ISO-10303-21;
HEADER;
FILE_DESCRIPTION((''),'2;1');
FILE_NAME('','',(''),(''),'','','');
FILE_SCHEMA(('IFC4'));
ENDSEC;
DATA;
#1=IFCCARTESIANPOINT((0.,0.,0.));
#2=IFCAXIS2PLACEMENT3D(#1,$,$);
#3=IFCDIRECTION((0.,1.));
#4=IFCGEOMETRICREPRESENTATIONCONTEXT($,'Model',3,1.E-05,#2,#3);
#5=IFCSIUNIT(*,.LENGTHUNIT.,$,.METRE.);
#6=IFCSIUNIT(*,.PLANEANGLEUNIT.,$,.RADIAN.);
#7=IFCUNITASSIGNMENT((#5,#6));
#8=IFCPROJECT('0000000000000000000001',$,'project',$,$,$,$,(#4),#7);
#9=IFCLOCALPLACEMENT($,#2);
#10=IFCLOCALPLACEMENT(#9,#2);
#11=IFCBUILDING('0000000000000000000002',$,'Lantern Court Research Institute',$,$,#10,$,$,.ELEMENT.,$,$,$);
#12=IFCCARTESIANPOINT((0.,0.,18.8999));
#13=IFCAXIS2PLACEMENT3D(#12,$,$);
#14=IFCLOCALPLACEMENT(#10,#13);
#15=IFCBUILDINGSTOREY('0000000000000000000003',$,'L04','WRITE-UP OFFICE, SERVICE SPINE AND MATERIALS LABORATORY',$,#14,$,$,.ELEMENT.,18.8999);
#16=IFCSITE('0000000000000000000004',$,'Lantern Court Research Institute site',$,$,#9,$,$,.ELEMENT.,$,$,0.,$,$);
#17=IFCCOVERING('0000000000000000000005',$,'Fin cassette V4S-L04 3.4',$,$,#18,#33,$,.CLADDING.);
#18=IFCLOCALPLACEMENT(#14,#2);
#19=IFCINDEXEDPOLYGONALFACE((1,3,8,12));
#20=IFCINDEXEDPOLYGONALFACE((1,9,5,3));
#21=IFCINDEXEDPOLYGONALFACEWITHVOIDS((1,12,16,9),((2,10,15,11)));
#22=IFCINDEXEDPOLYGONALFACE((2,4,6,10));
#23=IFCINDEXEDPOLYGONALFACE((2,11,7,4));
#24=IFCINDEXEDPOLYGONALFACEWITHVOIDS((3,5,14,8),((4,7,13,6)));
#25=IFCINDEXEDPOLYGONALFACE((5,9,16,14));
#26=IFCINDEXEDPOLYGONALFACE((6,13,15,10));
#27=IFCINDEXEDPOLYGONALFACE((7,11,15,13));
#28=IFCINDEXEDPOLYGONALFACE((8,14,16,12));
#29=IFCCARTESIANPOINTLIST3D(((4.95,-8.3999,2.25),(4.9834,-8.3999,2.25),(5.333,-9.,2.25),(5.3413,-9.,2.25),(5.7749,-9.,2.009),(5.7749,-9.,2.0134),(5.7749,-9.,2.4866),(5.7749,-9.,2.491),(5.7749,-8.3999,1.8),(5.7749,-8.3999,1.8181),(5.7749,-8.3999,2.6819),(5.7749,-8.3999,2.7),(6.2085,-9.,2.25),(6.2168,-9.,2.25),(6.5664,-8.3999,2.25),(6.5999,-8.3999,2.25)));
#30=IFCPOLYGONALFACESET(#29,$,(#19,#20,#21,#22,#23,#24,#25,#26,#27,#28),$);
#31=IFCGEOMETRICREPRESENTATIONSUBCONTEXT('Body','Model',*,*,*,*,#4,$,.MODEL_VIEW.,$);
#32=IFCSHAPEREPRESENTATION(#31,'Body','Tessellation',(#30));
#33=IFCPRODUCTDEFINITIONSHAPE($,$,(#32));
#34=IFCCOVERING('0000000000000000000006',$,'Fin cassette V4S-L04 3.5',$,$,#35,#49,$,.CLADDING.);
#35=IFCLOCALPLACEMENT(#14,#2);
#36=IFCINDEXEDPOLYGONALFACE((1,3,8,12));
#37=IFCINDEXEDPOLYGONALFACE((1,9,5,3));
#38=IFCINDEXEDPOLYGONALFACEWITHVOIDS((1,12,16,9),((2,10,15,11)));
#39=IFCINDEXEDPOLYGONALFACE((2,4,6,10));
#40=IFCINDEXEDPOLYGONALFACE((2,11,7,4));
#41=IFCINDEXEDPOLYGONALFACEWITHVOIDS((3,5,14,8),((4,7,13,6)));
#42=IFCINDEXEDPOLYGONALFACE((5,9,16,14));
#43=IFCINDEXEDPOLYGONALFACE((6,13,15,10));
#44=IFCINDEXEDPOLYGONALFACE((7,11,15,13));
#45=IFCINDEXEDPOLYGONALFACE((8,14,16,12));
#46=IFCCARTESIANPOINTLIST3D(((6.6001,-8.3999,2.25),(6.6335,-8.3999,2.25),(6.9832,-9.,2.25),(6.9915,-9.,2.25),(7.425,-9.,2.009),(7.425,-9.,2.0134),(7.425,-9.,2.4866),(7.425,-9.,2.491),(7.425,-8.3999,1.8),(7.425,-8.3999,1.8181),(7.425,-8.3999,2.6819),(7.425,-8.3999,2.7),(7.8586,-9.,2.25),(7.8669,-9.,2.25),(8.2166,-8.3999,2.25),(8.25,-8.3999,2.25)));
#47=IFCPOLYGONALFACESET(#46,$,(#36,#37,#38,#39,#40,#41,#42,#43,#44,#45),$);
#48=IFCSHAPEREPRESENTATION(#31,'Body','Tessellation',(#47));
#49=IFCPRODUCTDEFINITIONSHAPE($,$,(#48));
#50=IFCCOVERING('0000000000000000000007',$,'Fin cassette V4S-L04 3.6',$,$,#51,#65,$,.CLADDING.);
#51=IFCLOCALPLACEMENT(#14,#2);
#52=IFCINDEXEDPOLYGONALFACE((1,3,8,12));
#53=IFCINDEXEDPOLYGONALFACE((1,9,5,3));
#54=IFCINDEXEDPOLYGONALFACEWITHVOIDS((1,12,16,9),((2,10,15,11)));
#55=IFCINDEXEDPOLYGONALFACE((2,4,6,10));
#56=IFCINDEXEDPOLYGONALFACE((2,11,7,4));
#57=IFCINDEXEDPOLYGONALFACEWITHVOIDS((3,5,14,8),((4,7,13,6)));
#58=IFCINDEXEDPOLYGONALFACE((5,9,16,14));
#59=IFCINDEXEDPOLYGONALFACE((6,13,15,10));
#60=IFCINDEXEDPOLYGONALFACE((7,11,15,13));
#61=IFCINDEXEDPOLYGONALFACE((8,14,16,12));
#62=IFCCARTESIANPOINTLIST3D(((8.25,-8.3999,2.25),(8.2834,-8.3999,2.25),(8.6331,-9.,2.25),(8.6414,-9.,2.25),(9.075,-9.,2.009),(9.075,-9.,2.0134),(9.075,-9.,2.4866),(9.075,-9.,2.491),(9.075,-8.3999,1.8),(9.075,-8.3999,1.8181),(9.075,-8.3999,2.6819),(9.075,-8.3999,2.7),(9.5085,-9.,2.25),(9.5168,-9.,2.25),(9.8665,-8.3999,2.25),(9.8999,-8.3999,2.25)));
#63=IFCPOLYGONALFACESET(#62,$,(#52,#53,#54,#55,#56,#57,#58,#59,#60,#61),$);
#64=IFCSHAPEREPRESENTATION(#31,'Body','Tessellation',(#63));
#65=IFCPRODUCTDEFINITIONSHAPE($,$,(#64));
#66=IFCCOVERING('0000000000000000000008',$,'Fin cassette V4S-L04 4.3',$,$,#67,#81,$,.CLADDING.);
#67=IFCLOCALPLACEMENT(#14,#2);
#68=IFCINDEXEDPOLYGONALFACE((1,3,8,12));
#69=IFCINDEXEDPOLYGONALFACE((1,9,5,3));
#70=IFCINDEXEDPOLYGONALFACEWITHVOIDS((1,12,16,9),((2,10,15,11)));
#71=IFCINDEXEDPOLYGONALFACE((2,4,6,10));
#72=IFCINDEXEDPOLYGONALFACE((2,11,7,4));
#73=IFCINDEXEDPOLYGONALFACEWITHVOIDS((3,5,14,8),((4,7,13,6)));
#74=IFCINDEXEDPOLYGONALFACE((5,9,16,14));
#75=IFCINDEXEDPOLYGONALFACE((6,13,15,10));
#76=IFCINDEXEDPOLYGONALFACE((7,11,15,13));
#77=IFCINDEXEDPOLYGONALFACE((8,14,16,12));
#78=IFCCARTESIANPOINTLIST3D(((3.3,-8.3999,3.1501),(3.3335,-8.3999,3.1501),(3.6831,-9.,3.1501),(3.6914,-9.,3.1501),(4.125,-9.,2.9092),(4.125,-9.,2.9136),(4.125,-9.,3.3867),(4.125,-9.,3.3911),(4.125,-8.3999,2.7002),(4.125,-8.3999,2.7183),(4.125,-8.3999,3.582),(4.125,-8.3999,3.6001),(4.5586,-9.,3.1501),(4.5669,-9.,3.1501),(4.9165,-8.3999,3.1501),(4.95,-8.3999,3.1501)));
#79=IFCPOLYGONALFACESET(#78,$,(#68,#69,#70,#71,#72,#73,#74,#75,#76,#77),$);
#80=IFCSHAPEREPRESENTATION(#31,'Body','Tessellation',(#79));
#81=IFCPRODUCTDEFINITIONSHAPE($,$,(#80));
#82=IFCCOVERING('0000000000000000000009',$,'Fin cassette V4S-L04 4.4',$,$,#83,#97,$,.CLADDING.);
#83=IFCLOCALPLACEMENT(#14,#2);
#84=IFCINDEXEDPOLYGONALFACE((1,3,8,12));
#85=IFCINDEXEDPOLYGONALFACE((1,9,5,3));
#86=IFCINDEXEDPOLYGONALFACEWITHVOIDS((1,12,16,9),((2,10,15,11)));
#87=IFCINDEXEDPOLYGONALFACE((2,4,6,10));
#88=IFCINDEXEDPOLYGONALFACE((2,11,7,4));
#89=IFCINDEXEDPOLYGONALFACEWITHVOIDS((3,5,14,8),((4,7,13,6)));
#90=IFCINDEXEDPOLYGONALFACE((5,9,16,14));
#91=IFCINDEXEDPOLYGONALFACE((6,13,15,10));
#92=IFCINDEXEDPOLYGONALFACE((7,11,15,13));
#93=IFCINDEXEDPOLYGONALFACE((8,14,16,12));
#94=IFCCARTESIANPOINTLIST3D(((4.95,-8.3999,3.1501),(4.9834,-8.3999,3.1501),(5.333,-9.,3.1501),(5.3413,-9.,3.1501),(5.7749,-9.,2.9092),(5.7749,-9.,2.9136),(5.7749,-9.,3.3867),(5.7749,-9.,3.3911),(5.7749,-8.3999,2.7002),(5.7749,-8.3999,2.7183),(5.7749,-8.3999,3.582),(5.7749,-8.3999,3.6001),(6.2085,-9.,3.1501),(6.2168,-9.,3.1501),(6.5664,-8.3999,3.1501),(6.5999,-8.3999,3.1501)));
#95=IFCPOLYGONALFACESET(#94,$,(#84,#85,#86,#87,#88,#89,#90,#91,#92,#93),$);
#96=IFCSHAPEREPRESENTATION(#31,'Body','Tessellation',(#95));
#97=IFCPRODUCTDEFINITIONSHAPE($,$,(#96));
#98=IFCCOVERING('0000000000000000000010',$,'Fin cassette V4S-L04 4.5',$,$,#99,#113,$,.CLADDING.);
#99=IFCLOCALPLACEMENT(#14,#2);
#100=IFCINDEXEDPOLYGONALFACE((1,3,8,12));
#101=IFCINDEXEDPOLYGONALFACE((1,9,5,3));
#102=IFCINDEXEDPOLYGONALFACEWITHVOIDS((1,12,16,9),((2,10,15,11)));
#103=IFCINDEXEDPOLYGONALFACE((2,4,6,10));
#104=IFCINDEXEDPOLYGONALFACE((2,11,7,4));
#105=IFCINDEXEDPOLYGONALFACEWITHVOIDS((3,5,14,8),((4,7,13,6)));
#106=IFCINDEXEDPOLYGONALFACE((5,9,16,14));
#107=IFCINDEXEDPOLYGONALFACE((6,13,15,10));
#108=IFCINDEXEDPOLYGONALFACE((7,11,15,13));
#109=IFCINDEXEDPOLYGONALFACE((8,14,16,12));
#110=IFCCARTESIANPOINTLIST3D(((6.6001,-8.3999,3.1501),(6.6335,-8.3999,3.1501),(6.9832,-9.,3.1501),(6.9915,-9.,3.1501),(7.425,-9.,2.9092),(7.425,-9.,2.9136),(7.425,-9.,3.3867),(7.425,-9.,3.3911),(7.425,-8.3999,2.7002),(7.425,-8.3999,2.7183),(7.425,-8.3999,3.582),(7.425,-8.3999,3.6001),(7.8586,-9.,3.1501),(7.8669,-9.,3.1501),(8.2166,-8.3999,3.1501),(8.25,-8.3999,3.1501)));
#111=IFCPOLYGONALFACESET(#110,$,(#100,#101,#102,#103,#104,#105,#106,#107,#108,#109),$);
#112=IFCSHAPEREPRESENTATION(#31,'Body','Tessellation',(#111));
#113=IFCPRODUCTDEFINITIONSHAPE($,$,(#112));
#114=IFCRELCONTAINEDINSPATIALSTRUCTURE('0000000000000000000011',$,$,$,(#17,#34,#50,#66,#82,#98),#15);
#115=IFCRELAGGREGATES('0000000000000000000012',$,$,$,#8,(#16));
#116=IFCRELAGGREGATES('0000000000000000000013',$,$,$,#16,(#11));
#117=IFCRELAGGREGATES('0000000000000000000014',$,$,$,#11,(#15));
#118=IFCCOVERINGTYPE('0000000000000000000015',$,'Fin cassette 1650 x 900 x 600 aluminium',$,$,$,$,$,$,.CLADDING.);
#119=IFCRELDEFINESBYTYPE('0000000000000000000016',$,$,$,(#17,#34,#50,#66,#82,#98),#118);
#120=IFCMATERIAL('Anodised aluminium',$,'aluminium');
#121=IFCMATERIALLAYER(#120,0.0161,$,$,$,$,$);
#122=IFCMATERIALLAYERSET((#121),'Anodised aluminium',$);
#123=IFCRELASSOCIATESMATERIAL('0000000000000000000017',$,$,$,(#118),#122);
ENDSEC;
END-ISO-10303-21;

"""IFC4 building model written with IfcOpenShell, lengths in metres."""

from ifc_helpers import new_model, entity, si_unit, direction, frame, origin, place, context, subcontext, project, spatial, material, layer, layer_set, type_object, element, save


model = new_model("IFC4")

# Units and contexts
model_context = context("Model", 3, precision=1e-05, world=origin(), true_north=direction((0.0, 1.0)))
body_context = subcontext(model_context, "Body", "Model", "MODEL_VIEW")
ifc_project = project(units=[si_unit("LENGTHUNIT", "METRE"), si_unit("PLANEANGLEUNIT", "RADIAN")], contexts=[model_context])

# Site, building, storey
site_placement = place(None, origin())
site = spatial("IfcSite", under=ifc_project, at=site_placement, Name="Lantern Court Research Institute site", CompositionType="ELEMENT", RefElevation=0.0)
building_placement = place(site_placement, origin())
building = spatial("IfcBuilding", under=site, at=building_placement, Name="Lantern Court Research Institute", CompositionType="ELEMENT")
storey_placement = place(building_placement, frame((0.0, 0.0, 18.8999)))
storey = spatial("IfcBuildingStorey", under=building, at=storey_placement, Name="L04", Description="WRITE-UP OFFICE, SERVICE SPINE AND MATERIALS LABORATORY", CompositionType="ELEMENT", Elevation=18.8999)

# Coverings
ifc_material_1 = material(Name="Anodised aluminium", Category="aluminium")
ifc_layer_1 = layer(ifc_material_1, 0.0161)
ifc_layer_set_1 = layer_set([ifc_layer_1], Name="Anodised aluminium")
covering_type = type_object("IfcCoveringType", Name="Fin cassette 1650 x 900 x 600 aluminium", PredefinedType="CLADDING", material=ifc_layer_set_1)
covering_1_placement = place(storey_placement, frame((5.7749, -8.3999, 2.25), z_axis=(0.0, -1.0, 0.0), x_axis=(1.0, 0.0, 0.0)))
cartesian_point_1 = entity("IfcCartesianPoint", [0.825, 0.0])
cartesian_point_2 = entity("IfcCartesianPoint", [0.7915, 0.0])
cartesian_point_3 = entity("IfcCartesianPoint", [0.4419, 0.0])
cartesian_point_4 = entity("IfcCartesianPoint", [0.4336, 0.0])
element("IfcCovering", 1, at=covering_1_placement, inside=storey, type_object=covering_type, Name="Fin cassette V4S-L04 3.4", PredefinedType="CLADDING", context=body_context, shape_type="SweptSolid", body=[
    entity("IfcExtrudedAreaSolidTapered", entity("IfcArbitraryProfileDefWithVoids", "AREA", None, entity("IfcPolyline", [cartesian_point_1, entity("IfcCartesianPoint", [0.0, 0.45]), entity("IfcCartesianPoint", [-0.825, 0.0]), entity("IfcCartesianPoint", [0.0, -0.45]), cartesian_point_1]), [entity("IfcPolyline", [cartesian_point_2, entity("IfcCartesianPoint", [0.0, 0.4319]), entity("IfcCartesianPoint", [-0.7915, 0.0]), entity("IfcCartesianPoint", [0.0, -0.4319]), cartesian_point_2])]), entity("IfcAxis2Placement3D", entity("IfcCartesianPoint", [0.0, 0.0, 0.0])), entity("IfcDirection", [0.0, 0.0, 1.0]), 0.6001, entity("IfcArbitraryProfileDefWithVoids", "AREA", None, entity("IfcPolyline", [cartesian_point_3, entity("IfcCartesianPoint", [0.0, 0.241]), entity("IfcCartesianPoint", [-0.4419, 0.0]), entity("IfcCartesianPoint", [0.0, -0.241]), cartesian_point_3]), [entity("IfcPolyline", [cartesian_point_4, entity("IfcCartesianPoint", [0.0, 0.2366]), entity("IfcCartesianPoint", [-0.4336, 0.0]), entity("IfcCartesianPoint", [0.0, -0.2366]), cartesian_point_4])])),
])
covering_2_placement = place(storey_placement, frame((7.425, -8.3999, 2.25), z_axis=(0.0, -1.0, 0.0), x_axis=(1.0, 0.0, 0.0)))
cartesian_point_5 = entity("IfcCartesianPoint", [0.825, 0.0])
cartesian_point_6 = entity("IfcCartesianPoint", [0.7915, 0.0])
cartesian_point_7 = entity("IfcCartesianPoint", [0.4419, 0.0])
cartesian_point_8 = entity("IfcCartesianPoint", [0.4336, 0.0])
element("IfcCovering", 2, at=covering_2_placement, inside=storey, type_object=covering_type, Name="Fin cassette V4S-L04 3.5", PredefinedType="CLADDING", context=body_context, shape_type="SweptSolid", body=[
    entity("IfcExtrudedAreaSolidTapered", entity("IfcArbitraryProfileDefWithVoids", "AREA", None, entity("IfcPolyline", [cartesian_point_5, entity("IfcCartesianPoint", [0.0, 0.45]), entity("IfcCartesianPoint", [-0.825, 0.0]), entity("IfcCartesianPoint", [0.0, -0.45]), cartesian_point_5]), [entity("IfcPolyline", [cartesian_point_6, entity("IfcCartesianPoint", [0.0, 0.4319]), entity("IfcCartesianPoint", [-0.7915, 0.0]), entity("IfcCartesianPoint", [0.0, -0.4319]), cartesian_point_6])]), entity("IfcAxis2Placement3D", entity("IfcCartesianPoint", [0.0, 0.0, 0.0])), entity("IfcDirection", [0.0, 0.0, 1.0]), 0.6001, entity("IfcArbitraryProfileDefWithVoids", "AREA", None, entity("IfcPolyline", [cartesian_point_7, entity("IfcCartesianPoint", [0.0, 0.241]), entity("IfcCartesianPoint", [-0.4419, 0.0]), entity("IfcCartesianPoint", [0.0, -0.241]), cartesian_point_7]), [entity("IfcPolyline", [cartesian_point_8, entity("IfcCartesianPoint", [0.0, 0.2366]), entity("IfcCartesianPoint", [-0.4336, 0.0]), entity("IfcCartesianPoint", [0.0, -0.2366]), cartesian_point_8])])),
])
covering_3_placement = place(storey_placement, frame((9.075, -8.3999, 2.25), z_axis=(0.0, -1.0, 0.0), x_axis=(1.0, 0.0, 0.0)))
cartesian_point_9 = entity("IfcCartesianPoint", [0.825, 0.0])
cartesian_point_10 = entity("IfcCartesianPoint", [0.7915, 0.0])
cartesian_point_11 = entity("IfcCartesianPoint", [0.4419, 0.0])
cartesian_point_12 = entity("IfcCartesianPoint", [0.4336, 0.0])
element("IfcCovering", 3, at=covering_3_placement, inside=storey, type_object=covering_type, Name="Fin cassette V4S-L04 3.6", PredefinedType="CLADDING", context=body_context, shape_type="SweptSolid", body=[
    entity("IfcExtrudedAreaSolidTapered", entity("IfcArbitraryProfileDefWithVoids", "AREA", None, entity("IfcPolyline", [cartesian_point_9, entity("IfcCartesianPoint", [0.0, 0.45]), entity("IfcCartesianPoint", [-0.825, 0.0]), entity("IfcCartesianPoint", [0.0, -0.45]), cartesian_point_9]), [entity("IfcPolyline", [cartesian_point_10, entity("IfcCartesianPoint", [0.0, 0.4319]), entity("IfcCartesianPoint", [-0.7915, 0.0]), entity("IfcCartesianPoint", [0.0, -0.4319]), cartesian_point_10])]), entity("IfcAxis2Placement3D", entity("IfcCartesianPoint", [0.0, 0.0, 0.0])), entity("IfcDirection", [0.0, 0.0, 1.0]), 0.6001, entity("IfcArbitraryProfileDefWithVoids", "AREA", None, entity("IfcPolyline", [cartesian_point_11, entity("IfcCartesianPoint", [0.0, 0.241]), entity("IfcCartesianPoint", [-0.4419, 0.0]), entity("IfcCartesianPoint", [0.0, -0.241]), cartesian_point_11]), [entity("IfcPolyline", [cartesian_point_12, entity("IfcCartesianPoint", [0.0, 0.2366]), entity("IfcCartesianPoint", [-0.4336, 0.0]), entity("IfcCartesianPoint", [0.0, -0.2366]), cartesian_point_12])])),
])
covering_4_placement = place(storey_placement, frame((4.125, -8.3999, 3.1501), z_axis=(0.0, -1.0, 0.0), x_axis=(1.0, 0.0, 0.0)))
cartesian_point_13 = entity("IfcCartesianPoint", [0.825, 0.0])
cartesian_point_14 = entity("IfcCartesianPoint", [0.7915, 0.0])
cartesian_point_15 = entity("IfcCartesianPoint", [0.4419, 0.0])
cartesian_point_16 = entity("IfcCartesianPoint", [0.4336, 0.0])
element("IfcCovering", 4, at=covering_4_placement, inside=storey, type_object=covering_type, Name="Fin cassette V4S-L04 4.3", PredefinedType="CLADDING", context=body_context, shape_type="SweptSolid", body=[
    entity("IfcExtrudedAreaSolidTapered", entity("IfcArbitraryProfileDefWithVoids", "AREA", None, entity("IfcPolyline", [cartesian_point_13, entity("IfcCartesianPoint", [0.0, 0.45]), entity("IfcCartesianPoint", [-0.825, 0.0]), entity("IfcCartesianPoint", [0.0, -0.45]), cartesian_point_13]), [entity("IfcPolyline", [cartesian_point_14, entity("IfcCartesianPoint", [0.0, 0.4319]), entity("IfcCartesianPoint", [-0.7915, 0.0]), entity("IfcCartesianPoint", [0.0, -0.4319]), cartesian_point_14])]), entity("IfcAxis2Placement3D", entity("IfcCartesianPoint", [0.0, 0.0, 0.0])), entity("IfcDirection", [0.0, 0.0, 1.0]), 0.6001, entity("IfcArbitraryProfileDefWithVoids", "AREA", None, entity("IfcPolyline", [cartesian_point_15, entity("IfcCartesianPoint", [0.0, 0.241]), entity("IfcCartesianPoint", [-0.4419, 0.0]), entity("IfcCartesianPoint", [0.0, -0.241]), cartesian_point_15]), [entity("IfcPolyline", [cartesian_point_16, entity("IfcCartesianPoint", [0.0, 0.2366]), entity("IfcCartesianPoint", [-0.4336, 0.0]), entity("IfcCartesianPoint", [0.0, -0.2366]), cartesian_point_16])])),
])
covering_5_placement = place(storey_placement, frame((5.7749, -8.3999, 3.1501), z_axis=(0.0, -1.0, 0.0), x_axis=(1.0, 0.0, 0.0)))
cartesian_point_17 = entity("IfcCartesianPoint", [0.825, 0.0])
cartesian_point_18 = entity("IfcCartesianPoint", [0.7915, 0.0])
cartesian_point_19 = entity("IfcCartesianPoint", [0.4419, 0.0])
cartesian_point_20 = entity("IfcCartesianPoint", [0.4336, 0.0])
element("IfcCovering", 5, at=covering_5_placement, inside=storey, type_object=covering_type, Name="Fin cassette V4S-L04 4.4", PredefinedType="CLADDING", context=body_context, shape_type="SweptSolid", body=[
    entity("IfcExtrudedAreaSolidTapered", entity("IfcArbitraryProfileDefWithVoids", "AREA", None, entity("IfcPolyline", [cartesian_point_17, entity("IfcCartesianPoint", [0.0, 0.45]), entity("IfcCartesianPoint", [-0.825, 0.0]), entity("IfcCartesianPoint", [0.0, -0.45]), cartesian_point_17]), [entity("IfcPolyline", [cartesian_point_18, entity("IfcCartesianPoint", [0.0, 0.4319]), entity("IfcCartesianPoint", [-0.7915, 0.0]), entity("IfcCartesianPoint", [0.0, -0.4319]), cartesian_point_18])]), entity("IfcAxis2Placement3D", entity("IfcCartesianPoint", [0.0, 0.0, 0.0])), entity("IfcDirection", [0.0, 0.0, 1.0]), 0.6001, entity("IfcArbitraryProfileDefWithVoids", "AREA", None, entity("IfcPolyline", [cartesian_point_19, entity("IfcCartesianPoint", [0.0, 0.241]), entity("IfcCartesianPoint", [-0.4419, 0.0]), entity("IfcCartesianPoint", [0.0, -0.241]), cartesian_point_19]), [entity("IfcPolyline", [cartesian_point_20, entity("IfcCartesianPoint", [0.0, 0.2366]), entity("IfcCartesianPoint", [-0.4336, 0.0]), entity("IfcCartesianPoint", [0.0, -0.2366]), cartesian_point_20])])),
])
covering_6_placement = place(storey_placement, frame((7.425, -8.3999, 3.1501), z_axis=(0.0, -1.0, 0.0), x_axis=(1.0, 0.0, 0.0)))
cartesian_point_21 = entity("IfcCartesianPoint", [0.825, 0.0])
cartesian_point_22 = entity("IfcCartesianPoint", [0.7915, 0.0])
cartesian_point_23 = entity("IfcCartesianPoint", [0.4419, 0.0])
cartesian_point_24 = entity("IfcCartesianPoint", [0.4336, 0.0])
element("IfcCovering", 6, at=covering_6_placement, inside=storey, type_object=covering_type, Name="Fin cassette V4S-L04 4.5", PredefinedType="CLADDING", context=body_context, shape_type="SweptSolid", body=[
    entity("IfcExtrudedAreaSolidTapered", entity("IfcArbitraryProfileDefWithVoids", "AREA", None, entity("IfcPolyline", [cartesian_point_21, entity("IfcCartesianPoint", [0.0, 0.45]), entity("IfcCartesianPoint", [-0.825, 0.0]), entity("IfcCartesianPoint", [0.0, -0.45]), cartesian_point_21]), [entity("IfcPolyline", [cartesian_point_22, entity("IfcCartesianPoint", [0.0, 0.4319]), entity("IfcCartesianPoint", [-0.7915, 0.0]), entity("IfcCartesianPoint", [0.0, -0.4319]), cartesian_point_22])]), entity("IfcAxis2Placement3D", entity("IfcCartesianPoint", [0.0, 0.0, 0.0])), entity("IfcDirection", [0.0, 0.0, 1.0]), 0.6001, entity("IfcArbitraryProfileDefWithVoids", "AREA", None, entity("IfcPolyline", [cartesian_point_23, entity("IfcCartesianPoint", [0.0, 0.241]), entity("IfcCartesianPoint", [-0.4419, 0.0]), entity("IfcCartesianPoint", [0.0, -0.241]), cartesian_point_23]), [entity("IfcPolyline", [cartesian_point_24, entity("IfcCartesianPoint", [0.0, 0.2366]), entity("IfcCartesianPoint", [-0.4336, 0.0]), entity("IfcCartesianPoint", [0.0, -0.2366]), cartesian_point_24])])),
])

save(model, "model.ifc")
